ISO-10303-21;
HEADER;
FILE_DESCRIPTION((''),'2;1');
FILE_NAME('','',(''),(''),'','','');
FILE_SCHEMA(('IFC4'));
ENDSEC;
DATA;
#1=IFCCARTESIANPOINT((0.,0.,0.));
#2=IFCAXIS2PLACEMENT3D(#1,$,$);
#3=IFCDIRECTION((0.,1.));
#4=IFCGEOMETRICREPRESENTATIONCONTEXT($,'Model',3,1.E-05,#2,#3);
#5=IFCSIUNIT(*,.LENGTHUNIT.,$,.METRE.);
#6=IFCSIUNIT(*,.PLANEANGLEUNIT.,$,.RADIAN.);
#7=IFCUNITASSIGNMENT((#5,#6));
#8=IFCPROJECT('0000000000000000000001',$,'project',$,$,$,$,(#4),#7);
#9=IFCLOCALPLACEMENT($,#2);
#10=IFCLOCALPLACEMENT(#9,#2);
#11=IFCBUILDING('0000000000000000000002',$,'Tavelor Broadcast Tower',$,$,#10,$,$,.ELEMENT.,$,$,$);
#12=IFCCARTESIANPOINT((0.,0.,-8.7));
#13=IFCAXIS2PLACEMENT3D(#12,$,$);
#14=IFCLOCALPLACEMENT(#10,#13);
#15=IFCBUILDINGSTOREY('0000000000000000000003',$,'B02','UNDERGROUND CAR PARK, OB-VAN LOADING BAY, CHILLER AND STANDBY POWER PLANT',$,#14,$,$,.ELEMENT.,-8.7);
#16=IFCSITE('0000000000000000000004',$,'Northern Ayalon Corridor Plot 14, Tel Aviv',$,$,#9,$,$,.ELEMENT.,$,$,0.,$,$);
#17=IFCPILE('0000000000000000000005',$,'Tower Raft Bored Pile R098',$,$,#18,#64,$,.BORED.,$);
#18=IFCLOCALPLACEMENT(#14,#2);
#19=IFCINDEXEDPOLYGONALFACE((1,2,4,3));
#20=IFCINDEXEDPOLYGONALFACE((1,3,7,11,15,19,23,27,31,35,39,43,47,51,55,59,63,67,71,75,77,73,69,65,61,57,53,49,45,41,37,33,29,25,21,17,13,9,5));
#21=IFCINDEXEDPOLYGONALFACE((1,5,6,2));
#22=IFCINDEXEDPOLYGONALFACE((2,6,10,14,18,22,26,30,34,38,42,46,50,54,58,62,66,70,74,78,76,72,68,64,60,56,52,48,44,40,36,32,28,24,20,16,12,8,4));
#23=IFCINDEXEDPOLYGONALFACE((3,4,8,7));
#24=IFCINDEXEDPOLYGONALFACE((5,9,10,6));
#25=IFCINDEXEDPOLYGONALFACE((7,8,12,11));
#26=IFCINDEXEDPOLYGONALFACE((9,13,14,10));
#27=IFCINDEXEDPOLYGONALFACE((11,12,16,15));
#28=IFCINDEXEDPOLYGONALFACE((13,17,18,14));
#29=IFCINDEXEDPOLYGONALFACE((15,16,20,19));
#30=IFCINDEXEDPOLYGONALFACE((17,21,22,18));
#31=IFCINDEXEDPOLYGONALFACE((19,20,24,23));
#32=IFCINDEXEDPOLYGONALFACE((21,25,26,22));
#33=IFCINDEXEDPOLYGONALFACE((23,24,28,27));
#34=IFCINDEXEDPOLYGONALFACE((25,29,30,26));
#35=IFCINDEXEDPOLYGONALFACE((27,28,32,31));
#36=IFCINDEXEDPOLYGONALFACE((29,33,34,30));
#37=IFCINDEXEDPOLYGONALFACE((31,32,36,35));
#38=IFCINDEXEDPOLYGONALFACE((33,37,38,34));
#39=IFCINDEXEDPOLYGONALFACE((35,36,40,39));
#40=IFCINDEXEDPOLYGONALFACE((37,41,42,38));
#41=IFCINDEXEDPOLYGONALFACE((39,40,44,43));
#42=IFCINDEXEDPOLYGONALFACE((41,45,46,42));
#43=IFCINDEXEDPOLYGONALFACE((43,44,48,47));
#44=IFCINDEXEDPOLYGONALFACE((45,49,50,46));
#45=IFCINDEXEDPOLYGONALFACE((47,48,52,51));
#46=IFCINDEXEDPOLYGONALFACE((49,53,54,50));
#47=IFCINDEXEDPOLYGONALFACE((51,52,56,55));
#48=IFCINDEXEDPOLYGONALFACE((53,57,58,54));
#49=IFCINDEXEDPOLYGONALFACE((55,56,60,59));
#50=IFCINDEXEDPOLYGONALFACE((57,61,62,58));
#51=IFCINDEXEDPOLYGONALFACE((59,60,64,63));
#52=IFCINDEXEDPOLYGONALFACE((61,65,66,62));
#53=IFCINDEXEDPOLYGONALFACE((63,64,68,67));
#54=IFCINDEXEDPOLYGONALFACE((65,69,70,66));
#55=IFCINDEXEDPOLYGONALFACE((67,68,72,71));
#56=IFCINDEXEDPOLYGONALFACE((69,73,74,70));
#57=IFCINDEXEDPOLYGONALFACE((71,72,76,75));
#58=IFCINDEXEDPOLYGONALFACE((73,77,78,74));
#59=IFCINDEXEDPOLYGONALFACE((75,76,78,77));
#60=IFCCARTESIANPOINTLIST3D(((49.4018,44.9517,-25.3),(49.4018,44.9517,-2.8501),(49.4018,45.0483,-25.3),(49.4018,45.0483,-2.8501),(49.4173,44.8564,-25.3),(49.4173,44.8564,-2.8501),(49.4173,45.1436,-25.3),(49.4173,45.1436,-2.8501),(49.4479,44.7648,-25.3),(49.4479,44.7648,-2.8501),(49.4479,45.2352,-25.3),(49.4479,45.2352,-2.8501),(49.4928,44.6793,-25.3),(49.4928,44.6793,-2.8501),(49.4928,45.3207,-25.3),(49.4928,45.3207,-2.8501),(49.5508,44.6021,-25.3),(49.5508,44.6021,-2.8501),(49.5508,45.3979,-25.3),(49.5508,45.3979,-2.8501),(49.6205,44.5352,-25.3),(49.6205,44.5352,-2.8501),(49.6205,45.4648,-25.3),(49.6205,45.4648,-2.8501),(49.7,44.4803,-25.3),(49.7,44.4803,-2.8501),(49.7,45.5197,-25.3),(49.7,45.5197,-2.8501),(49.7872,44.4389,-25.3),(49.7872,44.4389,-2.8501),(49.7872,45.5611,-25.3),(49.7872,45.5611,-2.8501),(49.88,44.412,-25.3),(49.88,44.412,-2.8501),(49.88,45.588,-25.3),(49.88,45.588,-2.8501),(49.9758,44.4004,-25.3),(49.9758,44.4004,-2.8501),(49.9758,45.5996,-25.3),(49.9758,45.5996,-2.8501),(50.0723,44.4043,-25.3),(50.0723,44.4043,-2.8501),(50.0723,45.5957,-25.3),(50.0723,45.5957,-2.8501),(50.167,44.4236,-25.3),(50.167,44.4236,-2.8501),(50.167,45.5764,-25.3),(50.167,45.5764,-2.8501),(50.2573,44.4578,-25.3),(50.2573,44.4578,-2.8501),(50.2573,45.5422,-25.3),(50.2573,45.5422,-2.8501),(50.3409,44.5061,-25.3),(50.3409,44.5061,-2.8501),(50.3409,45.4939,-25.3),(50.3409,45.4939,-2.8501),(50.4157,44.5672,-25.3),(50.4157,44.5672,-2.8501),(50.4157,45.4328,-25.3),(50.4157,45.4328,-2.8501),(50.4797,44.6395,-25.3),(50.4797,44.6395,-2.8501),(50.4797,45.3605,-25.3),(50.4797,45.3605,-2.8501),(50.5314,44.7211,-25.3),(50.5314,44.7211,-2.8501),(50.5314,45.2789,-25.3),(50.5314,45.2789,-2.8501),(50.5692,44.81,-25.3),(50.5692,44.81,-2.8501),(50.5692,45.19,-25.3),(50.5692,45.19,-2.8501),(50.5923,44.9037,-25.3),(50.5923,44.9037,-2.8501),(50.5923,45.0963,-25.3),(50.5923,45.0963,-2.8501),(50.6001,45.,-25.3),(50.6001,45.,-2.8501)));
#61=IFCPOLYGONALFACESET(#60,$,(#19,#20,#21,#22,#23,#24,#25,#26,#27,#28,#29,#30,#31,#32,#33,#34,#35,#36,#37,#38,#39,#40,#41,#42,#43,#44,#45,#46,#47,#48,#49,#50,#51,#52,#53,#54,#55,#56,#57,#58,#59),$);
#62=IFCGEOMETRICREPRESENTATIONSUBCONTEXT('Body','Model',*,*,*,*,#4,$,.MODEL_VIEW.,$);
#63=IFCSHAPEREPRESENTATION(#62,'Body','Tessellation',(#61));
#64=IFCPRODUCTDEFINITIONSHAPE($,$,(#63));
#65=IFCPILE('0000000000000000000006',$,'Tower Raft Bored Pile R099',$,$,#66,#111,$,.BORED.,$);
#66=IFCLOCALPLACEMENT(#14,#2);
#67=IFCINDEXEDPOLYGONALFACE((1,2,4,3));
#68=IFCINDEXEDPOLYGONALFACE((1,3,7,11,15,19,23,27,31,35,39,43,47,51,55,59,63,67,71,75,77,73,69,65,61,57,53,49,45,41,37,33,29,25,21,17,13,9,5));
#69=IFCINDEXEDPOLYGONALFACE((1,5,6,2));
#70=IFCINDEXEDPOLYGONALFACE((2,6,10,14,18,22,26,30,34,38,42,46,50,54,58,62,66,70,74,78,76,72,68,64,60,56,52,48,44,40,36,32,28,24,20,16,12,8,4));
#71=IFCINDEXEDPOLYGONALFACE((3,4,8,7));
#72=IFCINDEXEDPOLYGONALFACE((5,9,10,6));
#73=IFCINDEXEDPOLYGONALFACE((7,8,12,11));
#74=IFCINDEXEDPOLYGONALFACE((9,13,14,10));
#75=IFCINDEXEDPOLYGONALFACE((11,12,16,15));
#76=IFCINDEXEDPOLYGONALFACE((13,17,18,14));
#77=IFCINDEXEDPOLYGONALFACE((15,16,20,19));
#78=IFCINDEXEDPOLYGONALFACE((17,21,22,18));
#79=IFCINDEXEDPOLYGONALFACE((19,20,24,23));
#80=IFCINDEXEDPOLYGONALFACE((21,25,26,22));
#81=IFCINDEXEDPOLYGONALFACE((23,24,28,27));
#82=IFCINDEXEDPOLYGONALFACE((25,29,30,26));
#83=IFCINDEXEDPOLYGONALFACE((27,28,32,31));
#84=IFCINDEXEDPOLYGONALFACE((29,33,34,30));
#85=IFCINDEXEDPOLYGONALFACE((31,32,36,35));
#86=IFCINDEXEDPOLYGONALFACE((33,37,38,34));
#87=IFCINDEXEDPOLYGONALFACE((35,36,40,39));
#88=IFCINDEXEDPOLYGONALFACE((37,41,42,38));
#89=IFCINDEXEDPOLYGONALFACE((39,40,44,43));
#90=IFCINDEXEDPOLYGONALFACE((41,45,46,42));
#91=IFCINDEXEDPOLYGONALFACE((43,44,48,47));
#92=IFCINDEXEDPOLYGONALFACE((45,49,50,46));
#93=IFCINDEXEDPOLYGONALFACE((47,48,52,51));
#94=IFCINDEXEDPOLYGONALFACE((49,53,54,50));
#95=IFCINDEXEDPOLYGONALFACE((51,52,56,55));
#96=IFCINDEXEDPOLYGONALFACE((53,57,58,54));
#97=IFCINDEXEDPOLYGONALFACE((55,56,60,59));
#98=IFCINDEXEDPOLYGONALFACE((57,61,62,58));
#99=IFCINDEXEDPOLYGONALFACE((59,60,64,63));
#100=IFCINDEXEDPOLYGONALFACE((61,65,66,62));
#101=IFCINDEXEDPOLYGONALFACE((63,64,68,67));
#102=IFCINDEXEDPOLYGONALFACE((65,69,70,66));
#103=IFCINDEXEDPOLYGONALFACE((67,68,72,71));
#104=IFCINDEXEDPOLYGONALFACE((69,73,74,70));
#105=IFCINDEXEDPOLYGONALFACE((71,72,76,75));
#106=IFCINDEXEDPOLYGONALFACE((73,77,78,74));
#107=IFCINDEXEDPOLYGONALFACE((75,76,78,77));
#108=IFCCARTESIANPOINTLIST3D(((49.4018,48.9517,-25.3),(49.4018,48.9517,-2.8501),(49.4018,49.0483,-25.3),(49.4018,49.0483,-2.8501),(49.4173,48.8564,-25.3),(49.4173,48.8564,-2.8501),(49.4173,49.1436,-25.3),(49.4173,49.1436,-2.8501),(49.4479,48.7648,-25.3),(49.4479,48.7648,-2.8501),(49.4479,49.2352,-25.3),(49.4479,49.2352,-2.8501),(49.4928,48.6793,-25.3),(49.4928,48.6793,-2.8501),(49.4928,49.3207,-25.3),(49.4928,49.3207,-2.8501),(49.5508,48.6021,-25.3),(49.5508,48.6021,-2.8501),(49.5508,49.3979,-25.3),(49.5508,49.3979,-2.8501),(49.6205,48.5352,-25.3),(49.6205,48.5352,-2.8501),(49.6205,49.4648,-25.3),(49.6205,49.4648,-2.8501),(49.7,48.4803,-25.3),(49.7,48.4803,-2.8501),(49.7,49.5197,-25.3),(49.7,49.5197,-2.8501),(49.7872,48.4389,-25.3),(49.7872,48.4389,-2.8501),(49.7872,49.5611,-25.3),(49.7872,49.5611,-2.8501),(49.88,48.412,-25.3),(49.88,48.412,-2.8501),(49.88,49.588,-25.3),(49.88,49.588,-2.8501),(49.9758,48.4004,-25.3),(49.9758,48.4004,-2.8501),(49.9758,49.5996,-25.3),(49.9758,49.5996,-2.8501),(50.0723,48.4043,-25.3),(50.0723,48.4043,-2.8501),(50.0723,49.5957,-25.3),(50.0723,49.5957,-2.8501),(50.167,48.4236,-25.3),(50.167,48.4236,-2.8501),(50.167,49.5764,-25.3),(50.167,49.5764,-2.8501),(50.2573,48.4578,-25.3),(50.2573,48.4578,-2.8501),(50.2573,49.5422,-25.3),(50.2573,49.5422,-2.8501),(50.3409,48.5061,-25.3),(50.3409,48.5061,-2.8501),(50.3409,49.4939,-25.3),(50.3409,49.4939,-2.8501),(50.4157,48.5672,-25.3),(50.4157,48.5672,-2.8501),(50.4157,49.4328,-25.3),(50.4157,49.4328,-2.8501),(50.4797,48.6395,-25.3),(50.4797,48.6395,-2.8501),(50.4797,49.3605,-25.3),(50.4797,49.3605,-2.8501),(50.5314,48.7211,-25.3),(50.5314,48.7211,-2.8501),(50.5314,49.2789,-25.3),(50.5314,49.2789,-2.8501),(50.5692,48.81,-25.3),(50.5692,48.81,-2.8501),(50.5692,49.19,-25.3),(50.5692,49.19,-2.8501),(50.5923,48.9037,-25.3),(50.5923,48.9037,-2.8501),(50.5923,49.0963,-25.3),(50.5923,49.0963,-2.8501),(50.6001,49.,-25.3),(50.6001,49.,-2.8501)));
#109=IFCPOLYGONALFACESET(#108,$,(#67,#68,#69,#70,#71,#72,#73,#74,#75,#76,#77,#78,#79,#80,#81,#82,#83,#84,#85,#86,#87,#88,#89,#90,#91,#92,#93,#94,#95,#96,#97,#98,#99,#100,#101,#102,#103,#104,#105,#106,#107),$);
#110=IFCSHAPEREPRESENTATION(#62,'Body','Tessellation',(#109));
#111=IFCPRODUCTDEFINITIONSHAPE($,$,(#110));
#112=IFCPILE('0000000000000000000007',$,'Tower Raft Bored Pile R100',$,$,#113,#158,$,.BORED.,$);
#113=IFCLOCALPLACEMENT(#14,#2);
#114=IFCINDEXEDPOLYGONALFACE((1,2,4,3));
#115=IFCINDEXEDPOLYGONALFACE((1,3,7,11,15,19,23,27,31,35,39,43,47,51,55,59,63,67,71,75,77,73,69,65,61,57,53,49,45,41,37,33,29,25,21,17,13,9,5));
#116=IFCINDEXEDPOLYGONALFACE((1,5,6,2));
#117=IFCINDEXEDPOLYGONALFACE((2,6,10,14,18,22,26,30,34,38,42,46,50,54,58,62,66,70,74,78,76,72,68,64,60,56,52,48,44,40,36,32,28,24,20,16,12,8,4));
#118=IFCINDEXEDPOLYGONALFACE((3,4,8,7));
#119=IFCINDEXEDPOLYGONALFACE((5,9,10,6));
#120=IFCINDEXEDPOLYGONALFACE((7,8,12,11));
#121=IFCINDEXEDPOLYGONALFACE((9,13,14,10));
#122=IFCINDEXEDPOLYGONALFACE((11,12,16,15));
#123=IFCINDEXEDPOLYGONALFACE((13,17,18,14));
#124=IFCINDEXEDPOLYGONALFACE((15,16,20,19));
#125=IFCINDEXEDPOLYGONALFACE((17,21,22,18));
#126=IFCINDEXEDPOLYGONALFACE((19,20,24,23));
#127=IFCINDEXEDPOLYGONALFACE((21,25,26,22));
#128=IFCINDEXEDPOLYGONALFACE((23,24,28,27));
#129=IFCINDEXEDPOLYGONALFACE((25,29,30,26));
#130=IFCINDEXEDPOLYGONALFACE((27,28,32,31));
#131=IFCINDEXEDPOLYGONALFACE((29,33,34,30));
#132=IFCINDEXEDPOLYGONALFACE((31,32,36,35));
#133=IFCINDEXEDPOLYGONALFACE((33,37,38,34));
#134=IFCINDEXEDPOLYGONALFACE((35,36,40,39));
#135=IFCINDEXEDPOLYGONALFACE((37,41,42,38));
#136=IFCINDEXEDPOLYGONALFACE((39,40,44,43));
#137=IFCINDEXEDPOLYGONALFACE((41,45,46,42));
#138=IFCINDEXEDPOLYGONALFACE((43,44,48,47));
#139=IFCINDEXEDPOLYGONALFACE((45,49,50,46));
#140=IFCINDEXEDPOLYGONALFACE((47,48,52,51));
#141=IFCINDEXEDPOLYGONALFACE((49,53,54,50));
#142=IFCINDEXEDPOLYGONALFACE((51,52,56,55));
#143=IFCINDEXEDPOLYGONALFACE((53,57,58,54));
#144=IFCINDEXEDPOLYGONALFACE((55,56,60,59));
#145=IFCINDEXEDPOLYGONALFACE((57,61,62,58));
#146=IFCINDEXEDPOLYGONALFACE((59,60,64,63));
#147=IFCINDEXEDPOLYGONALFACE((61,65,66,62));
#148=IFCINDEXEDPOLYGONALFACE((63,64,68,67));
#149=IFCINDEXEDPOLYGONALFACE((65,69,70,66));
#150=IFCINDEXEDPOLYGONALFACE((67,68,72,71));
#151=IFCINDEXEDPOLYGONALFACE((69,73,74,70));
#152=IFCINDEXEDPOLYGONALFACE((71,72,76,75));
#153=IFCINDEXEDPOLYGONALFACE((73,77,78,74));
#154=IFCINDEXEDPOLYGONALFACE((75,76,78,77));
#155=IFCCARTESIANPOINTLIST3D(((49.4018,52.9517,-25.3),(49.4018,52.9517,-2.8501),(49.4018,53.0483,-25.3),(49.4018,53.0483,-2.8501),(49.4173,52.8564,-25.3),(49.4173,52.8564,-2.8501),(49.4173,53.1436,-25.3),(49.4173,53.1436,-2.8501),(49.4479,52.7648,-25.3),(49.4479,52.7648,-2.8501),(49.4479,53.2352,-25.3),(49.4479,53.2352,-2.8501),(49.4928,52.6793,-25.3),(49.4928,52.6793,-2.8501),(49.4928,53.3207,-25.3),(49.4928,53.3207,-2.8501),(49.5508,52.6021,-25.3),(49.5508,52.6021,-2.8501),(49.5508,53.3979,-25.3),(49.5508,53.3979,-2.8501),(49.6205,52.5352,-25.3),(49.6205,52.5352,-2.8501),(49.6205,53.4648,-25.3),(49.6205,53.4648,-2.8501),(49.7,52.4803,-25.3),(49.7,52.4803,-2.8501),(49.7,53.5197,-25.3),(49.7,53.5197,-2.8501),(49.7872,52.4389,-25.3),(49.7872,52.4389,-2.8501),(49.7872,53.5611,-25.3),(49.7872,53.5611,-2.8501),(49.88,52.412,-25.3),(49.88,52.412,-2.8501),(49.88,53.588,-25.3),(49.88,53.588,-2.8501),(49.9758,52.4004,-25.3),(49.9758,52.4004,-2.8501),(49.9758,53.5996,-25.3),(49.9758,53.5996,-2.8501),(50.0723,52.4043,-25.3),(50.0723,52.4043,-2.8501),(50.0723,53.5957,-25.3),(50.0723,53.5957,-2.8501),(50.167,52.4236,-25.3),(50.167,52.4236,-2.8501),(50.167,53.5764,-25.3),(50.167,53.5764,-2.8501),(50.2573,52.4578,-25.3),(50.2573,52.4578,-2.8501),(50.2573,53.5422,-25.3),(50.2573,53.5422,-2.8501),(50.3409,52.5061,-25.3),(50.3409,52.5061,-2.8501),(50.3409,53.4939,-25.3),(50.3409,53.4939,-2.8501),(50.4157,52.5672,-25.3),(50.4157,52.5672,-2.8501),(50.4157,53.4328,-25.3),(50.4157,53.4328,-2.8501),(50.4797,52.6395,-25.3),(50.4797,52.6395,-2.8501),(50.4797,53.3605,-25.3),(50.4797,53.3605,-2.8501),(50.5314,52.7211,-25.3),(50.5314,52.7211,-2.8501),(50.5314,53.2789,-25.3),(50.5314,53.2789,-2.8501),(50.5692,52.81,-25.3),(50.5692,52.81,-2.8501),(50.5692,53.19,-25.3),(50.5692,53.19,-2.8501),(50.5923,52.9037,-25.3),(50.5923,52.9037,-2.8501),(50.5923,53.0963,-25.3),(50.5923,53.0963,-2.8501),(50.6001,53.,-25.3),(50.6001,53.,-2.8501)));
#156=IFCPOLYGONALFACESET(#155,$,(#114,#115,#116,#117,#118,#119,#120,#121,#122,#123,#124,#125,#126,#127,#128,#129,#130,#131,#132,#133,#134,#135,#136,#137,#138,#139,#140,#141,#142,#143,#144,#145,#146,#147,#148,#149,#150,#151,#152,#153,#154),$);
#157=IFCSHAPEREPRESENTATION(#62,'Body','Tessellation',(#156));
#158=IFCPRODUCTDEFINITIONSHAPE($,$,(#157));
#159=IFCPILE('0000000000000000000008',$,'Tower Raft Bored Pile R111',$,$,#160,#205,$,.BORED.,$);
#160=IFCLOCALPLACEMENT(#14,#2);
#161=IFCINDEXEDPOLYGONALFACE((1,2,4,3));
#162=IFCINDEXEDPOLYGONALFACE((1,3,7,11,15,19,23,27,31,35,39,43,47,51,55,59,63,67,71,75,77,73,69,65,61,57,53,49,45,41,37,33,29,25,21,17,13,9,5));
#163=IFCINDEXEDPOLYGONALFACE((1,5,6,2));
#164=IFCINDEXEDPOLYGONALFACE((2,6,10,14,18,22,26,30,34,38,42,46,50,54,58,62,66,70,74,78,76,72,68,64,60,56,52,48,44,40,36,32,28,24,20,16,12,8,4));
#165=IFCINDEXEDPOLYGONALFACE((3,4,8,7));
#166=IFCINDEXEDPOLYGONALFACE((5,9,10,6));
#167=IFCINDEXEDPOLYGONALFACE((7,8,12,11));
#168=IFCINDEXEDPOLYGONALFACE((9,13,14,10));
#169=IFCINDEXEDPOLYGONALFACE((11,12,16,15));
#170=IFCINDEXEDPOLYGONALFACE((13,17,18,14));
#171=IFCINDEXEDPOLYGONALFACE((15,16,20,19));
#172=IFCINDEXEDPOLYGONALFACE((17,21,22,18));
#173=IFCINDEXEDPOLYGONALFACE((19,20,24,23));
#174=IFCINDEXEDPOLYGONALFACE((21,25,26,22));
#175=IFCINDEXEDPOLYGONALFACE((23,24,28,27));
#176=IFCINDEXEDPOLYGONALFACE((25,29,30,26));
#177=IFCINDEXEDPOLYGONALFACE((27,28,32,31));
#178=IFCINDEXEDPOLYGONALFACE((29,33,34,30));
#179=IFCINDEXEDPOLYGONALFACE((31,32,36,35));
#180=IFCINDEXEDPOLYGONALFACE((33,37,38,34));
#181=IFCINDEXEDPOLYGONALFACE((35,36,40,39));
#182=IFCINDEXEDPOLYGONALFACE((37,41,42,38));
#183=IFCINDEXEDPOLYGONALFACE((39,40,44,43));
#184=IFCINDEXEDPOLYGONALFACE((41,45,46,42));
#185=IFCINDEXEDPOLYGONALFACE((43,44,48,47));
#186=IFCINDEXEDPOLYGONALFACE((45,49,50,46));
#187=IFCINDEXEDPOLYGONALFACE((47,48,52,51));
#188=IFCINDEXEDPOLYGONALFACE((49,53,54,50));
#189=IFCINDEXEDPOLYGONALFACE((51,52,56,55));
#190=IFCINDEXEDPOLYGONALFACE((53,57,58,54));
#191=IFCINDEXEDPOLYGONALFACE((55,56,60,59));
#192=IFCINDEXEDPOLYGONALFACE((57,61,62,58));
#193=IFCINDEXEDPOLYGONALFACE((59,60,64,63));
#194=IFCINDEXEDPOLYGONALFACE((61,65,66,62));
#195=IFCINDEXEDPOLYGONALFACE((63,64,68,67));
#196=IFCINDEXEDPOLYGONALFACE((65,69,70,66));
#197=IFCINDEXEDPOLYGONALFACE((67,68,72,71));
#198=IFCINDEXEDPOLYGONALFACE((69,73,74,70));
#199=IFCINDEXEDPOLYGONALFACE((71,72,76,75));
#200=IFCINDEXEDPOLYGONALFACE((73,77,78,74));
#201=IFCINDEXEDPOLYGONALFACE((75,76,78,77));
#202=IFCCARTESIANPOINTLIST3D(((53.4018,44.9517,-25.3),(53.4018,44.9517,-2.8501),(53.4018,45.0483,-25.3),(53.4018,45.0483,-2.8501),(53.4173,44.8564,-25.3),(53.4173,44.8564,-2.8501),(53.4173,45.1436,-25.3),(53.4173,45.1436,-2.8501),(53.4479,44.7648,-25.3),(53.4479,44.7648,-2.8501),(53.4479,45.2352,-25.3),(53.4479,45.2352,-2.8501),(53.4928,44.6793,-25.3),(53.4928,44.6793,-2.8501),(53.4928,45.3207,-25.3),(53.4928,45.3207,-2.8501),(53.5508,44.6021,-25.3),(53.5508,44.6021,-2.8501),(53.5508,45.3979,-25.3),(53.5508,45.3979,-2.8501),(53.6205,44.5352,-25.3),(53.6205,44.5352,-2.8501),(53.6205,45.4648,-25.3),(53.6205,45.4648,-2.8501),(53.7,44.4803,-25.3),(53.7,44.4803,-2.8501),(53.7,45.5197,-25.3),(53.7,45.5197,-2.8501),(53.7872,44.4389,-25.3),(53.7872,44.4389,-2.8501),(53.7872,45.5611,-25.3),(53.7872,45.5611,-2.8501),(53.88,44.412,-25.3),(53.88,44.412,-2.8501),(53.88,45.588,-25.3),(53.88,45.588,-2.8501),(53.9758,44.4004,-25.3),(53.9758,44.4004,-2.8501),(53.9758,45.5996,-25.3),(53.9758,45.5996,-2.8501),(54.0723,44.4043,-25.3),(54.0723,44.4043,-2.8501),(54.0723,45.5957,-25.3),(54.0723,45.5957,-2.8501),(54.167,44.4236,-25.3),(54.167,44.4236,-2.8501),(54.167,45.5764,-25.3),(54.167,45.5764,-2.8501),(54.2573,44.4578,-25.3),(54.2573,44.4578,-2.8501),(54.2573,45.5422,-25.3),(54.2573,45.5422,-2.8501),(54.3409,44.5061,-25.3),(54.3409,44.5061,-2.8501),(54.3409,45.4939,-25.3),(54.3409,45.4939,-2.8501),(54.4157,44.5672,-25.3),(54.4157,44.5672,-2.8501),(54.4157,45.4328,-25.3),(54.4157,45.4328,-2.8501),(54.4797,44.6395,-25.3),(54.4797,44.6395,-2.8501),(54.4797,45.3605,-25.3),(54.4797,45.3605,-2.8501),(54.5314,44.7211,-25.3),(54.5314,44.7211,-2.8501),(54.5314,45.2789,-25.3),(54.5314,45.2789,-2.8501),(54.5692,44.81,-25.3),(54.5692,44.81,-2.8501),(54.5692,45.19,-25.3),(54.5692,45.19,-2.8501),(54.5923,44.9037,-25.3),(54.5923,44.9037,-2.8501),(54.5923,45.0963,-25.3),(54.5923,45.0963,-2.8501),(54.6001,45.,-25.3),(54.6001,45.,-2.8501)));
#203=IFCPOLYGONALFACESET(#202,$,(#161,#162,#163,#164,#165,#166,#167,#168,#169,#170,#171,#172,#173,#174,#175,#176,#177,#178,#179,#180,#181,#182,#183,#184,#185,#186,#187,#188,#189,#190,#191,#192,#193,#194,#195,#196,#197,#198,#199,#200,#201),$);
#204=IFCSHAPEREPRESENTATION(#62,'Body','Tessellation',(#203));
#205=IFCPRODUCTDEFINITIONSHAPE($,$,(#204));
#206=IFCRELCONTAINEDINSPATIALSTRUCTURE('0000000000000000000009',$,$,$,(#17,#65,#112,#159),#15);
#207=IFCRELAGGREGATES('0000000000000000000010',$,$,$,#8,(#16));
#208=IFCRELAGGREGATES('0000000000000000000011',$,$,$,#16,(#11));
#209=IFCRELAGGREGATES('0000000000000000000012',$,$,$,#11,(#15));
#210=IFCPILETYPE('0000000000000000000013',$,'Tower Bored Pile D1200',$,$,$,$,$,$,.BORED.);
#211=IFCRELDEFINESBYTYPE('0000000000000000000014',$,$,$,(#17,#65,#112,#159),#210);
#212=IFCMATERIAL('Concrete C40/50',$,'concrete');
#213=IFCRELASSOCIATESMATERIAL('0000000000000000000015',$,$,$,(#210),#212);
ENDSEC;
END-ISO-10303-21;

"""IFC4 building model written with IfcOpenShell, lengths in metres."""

from ifc_helpers import new_model, si_unit, direction, frame, origin, origin_2d, place, context, subcontext, project, spatial, circle, extrude, material, material_profile, profile_set, type_object, element, save


model = new_model("IFC4")

# Units and contexts
model_context = context("Model", 3, precision=1e-05, world=origin(), true_north=direction((0.0, 1.0)))
body_context = subcontext(model_context, "Body", "Model", "MODEL_VIEW")
ifc_project = project(units=[si_unit("LENGTHUNIT", "METRE"), si_unit("PLANEANGLEUNIT", "RADIAN")], contexts=[model_context])

# Site, building, storey
site_placement = place(None, origin())
site = spatial("IfcSite", under=ifc_project, at=site_placement, Name="Northern Ayalon Corridor Plot 14, Tel Aviv", CompositionType="ELEMENT", RefElevation=0.0)
building_placement = place(site_placement, origin())
building = spatial("IfcBuilding", under=site, at=building_placement, Name="Tavelor Broadcast Tower", CompositionType="ELEMENT")
storey_placement = place(building_placement, frame((0.0, 0.0, -8.7)))
storey = spatial("IfcBuildingStorey", under=building, at=storey_placement, Name="B02", Description="UNDERGROUND CAR PARK, OB-VAN LOADING BAY, CHILLER AND STANDBY POWER PLANT", CompositionType="ELEMENT", Elevation=-8.7)

# Piles
ifc_material_1 = material(Name="Concrete C40/50", Category="concrete")
ifc_material_profile_1 = material_profile(ifc_material_1, circle(Radius=0.6001, at=origin_2d()), Name="PILE D1200")
ifc_profile_set_1 = profile_set([ifc_material_profile_1], Name="Concrete C40/50")
pile_type = type_object("IfcPileType", Name="Tower Bored Pile D1200", PredefinedType="BORED", material=ifc_profile_set_1)
for number, where, z_axis, x_axis, name in (
    (1, (50.0, 45.0, -2.8501), (0.0, 0.0, -1.0), (1.0, 0.0, 0.0), "Tower Raft Bored Pile R098"),
    (2, (50.0, 49.0, -2.8501), (0.0, 0.0, -1.0), (1.0, 0.0, 0.0), "Tower Raft Bored Pile R099"),
    (3, (50.0, 53.0, -2.8501), (0.0, 0.0, -1.0), (1.0, 0.0, 0.0), "Tower Raft Bored Pile R100"),
    (4, (54.0, 45.0, -2.8501), (0.0, 0.0, -1.0), (1.0, 0.0, 0.0), "Tower Raft Bored Pile R111"),
):
    element("IfcPile", number, at=place(storey_placement, frame(where, z_axis=z_axis, x_axis=x_axis)), inside=storey, type_object=pile_type, Name=name, PredefinedType="BORED", context=body_context, shape_type="SweptSolid", body=[
        extrude(circle(Radius=0.6001, at=origin_2d()), origin(), (0.0, 0.0, 1.0), 22.45),
    ])

save(model, "model.ifc")
